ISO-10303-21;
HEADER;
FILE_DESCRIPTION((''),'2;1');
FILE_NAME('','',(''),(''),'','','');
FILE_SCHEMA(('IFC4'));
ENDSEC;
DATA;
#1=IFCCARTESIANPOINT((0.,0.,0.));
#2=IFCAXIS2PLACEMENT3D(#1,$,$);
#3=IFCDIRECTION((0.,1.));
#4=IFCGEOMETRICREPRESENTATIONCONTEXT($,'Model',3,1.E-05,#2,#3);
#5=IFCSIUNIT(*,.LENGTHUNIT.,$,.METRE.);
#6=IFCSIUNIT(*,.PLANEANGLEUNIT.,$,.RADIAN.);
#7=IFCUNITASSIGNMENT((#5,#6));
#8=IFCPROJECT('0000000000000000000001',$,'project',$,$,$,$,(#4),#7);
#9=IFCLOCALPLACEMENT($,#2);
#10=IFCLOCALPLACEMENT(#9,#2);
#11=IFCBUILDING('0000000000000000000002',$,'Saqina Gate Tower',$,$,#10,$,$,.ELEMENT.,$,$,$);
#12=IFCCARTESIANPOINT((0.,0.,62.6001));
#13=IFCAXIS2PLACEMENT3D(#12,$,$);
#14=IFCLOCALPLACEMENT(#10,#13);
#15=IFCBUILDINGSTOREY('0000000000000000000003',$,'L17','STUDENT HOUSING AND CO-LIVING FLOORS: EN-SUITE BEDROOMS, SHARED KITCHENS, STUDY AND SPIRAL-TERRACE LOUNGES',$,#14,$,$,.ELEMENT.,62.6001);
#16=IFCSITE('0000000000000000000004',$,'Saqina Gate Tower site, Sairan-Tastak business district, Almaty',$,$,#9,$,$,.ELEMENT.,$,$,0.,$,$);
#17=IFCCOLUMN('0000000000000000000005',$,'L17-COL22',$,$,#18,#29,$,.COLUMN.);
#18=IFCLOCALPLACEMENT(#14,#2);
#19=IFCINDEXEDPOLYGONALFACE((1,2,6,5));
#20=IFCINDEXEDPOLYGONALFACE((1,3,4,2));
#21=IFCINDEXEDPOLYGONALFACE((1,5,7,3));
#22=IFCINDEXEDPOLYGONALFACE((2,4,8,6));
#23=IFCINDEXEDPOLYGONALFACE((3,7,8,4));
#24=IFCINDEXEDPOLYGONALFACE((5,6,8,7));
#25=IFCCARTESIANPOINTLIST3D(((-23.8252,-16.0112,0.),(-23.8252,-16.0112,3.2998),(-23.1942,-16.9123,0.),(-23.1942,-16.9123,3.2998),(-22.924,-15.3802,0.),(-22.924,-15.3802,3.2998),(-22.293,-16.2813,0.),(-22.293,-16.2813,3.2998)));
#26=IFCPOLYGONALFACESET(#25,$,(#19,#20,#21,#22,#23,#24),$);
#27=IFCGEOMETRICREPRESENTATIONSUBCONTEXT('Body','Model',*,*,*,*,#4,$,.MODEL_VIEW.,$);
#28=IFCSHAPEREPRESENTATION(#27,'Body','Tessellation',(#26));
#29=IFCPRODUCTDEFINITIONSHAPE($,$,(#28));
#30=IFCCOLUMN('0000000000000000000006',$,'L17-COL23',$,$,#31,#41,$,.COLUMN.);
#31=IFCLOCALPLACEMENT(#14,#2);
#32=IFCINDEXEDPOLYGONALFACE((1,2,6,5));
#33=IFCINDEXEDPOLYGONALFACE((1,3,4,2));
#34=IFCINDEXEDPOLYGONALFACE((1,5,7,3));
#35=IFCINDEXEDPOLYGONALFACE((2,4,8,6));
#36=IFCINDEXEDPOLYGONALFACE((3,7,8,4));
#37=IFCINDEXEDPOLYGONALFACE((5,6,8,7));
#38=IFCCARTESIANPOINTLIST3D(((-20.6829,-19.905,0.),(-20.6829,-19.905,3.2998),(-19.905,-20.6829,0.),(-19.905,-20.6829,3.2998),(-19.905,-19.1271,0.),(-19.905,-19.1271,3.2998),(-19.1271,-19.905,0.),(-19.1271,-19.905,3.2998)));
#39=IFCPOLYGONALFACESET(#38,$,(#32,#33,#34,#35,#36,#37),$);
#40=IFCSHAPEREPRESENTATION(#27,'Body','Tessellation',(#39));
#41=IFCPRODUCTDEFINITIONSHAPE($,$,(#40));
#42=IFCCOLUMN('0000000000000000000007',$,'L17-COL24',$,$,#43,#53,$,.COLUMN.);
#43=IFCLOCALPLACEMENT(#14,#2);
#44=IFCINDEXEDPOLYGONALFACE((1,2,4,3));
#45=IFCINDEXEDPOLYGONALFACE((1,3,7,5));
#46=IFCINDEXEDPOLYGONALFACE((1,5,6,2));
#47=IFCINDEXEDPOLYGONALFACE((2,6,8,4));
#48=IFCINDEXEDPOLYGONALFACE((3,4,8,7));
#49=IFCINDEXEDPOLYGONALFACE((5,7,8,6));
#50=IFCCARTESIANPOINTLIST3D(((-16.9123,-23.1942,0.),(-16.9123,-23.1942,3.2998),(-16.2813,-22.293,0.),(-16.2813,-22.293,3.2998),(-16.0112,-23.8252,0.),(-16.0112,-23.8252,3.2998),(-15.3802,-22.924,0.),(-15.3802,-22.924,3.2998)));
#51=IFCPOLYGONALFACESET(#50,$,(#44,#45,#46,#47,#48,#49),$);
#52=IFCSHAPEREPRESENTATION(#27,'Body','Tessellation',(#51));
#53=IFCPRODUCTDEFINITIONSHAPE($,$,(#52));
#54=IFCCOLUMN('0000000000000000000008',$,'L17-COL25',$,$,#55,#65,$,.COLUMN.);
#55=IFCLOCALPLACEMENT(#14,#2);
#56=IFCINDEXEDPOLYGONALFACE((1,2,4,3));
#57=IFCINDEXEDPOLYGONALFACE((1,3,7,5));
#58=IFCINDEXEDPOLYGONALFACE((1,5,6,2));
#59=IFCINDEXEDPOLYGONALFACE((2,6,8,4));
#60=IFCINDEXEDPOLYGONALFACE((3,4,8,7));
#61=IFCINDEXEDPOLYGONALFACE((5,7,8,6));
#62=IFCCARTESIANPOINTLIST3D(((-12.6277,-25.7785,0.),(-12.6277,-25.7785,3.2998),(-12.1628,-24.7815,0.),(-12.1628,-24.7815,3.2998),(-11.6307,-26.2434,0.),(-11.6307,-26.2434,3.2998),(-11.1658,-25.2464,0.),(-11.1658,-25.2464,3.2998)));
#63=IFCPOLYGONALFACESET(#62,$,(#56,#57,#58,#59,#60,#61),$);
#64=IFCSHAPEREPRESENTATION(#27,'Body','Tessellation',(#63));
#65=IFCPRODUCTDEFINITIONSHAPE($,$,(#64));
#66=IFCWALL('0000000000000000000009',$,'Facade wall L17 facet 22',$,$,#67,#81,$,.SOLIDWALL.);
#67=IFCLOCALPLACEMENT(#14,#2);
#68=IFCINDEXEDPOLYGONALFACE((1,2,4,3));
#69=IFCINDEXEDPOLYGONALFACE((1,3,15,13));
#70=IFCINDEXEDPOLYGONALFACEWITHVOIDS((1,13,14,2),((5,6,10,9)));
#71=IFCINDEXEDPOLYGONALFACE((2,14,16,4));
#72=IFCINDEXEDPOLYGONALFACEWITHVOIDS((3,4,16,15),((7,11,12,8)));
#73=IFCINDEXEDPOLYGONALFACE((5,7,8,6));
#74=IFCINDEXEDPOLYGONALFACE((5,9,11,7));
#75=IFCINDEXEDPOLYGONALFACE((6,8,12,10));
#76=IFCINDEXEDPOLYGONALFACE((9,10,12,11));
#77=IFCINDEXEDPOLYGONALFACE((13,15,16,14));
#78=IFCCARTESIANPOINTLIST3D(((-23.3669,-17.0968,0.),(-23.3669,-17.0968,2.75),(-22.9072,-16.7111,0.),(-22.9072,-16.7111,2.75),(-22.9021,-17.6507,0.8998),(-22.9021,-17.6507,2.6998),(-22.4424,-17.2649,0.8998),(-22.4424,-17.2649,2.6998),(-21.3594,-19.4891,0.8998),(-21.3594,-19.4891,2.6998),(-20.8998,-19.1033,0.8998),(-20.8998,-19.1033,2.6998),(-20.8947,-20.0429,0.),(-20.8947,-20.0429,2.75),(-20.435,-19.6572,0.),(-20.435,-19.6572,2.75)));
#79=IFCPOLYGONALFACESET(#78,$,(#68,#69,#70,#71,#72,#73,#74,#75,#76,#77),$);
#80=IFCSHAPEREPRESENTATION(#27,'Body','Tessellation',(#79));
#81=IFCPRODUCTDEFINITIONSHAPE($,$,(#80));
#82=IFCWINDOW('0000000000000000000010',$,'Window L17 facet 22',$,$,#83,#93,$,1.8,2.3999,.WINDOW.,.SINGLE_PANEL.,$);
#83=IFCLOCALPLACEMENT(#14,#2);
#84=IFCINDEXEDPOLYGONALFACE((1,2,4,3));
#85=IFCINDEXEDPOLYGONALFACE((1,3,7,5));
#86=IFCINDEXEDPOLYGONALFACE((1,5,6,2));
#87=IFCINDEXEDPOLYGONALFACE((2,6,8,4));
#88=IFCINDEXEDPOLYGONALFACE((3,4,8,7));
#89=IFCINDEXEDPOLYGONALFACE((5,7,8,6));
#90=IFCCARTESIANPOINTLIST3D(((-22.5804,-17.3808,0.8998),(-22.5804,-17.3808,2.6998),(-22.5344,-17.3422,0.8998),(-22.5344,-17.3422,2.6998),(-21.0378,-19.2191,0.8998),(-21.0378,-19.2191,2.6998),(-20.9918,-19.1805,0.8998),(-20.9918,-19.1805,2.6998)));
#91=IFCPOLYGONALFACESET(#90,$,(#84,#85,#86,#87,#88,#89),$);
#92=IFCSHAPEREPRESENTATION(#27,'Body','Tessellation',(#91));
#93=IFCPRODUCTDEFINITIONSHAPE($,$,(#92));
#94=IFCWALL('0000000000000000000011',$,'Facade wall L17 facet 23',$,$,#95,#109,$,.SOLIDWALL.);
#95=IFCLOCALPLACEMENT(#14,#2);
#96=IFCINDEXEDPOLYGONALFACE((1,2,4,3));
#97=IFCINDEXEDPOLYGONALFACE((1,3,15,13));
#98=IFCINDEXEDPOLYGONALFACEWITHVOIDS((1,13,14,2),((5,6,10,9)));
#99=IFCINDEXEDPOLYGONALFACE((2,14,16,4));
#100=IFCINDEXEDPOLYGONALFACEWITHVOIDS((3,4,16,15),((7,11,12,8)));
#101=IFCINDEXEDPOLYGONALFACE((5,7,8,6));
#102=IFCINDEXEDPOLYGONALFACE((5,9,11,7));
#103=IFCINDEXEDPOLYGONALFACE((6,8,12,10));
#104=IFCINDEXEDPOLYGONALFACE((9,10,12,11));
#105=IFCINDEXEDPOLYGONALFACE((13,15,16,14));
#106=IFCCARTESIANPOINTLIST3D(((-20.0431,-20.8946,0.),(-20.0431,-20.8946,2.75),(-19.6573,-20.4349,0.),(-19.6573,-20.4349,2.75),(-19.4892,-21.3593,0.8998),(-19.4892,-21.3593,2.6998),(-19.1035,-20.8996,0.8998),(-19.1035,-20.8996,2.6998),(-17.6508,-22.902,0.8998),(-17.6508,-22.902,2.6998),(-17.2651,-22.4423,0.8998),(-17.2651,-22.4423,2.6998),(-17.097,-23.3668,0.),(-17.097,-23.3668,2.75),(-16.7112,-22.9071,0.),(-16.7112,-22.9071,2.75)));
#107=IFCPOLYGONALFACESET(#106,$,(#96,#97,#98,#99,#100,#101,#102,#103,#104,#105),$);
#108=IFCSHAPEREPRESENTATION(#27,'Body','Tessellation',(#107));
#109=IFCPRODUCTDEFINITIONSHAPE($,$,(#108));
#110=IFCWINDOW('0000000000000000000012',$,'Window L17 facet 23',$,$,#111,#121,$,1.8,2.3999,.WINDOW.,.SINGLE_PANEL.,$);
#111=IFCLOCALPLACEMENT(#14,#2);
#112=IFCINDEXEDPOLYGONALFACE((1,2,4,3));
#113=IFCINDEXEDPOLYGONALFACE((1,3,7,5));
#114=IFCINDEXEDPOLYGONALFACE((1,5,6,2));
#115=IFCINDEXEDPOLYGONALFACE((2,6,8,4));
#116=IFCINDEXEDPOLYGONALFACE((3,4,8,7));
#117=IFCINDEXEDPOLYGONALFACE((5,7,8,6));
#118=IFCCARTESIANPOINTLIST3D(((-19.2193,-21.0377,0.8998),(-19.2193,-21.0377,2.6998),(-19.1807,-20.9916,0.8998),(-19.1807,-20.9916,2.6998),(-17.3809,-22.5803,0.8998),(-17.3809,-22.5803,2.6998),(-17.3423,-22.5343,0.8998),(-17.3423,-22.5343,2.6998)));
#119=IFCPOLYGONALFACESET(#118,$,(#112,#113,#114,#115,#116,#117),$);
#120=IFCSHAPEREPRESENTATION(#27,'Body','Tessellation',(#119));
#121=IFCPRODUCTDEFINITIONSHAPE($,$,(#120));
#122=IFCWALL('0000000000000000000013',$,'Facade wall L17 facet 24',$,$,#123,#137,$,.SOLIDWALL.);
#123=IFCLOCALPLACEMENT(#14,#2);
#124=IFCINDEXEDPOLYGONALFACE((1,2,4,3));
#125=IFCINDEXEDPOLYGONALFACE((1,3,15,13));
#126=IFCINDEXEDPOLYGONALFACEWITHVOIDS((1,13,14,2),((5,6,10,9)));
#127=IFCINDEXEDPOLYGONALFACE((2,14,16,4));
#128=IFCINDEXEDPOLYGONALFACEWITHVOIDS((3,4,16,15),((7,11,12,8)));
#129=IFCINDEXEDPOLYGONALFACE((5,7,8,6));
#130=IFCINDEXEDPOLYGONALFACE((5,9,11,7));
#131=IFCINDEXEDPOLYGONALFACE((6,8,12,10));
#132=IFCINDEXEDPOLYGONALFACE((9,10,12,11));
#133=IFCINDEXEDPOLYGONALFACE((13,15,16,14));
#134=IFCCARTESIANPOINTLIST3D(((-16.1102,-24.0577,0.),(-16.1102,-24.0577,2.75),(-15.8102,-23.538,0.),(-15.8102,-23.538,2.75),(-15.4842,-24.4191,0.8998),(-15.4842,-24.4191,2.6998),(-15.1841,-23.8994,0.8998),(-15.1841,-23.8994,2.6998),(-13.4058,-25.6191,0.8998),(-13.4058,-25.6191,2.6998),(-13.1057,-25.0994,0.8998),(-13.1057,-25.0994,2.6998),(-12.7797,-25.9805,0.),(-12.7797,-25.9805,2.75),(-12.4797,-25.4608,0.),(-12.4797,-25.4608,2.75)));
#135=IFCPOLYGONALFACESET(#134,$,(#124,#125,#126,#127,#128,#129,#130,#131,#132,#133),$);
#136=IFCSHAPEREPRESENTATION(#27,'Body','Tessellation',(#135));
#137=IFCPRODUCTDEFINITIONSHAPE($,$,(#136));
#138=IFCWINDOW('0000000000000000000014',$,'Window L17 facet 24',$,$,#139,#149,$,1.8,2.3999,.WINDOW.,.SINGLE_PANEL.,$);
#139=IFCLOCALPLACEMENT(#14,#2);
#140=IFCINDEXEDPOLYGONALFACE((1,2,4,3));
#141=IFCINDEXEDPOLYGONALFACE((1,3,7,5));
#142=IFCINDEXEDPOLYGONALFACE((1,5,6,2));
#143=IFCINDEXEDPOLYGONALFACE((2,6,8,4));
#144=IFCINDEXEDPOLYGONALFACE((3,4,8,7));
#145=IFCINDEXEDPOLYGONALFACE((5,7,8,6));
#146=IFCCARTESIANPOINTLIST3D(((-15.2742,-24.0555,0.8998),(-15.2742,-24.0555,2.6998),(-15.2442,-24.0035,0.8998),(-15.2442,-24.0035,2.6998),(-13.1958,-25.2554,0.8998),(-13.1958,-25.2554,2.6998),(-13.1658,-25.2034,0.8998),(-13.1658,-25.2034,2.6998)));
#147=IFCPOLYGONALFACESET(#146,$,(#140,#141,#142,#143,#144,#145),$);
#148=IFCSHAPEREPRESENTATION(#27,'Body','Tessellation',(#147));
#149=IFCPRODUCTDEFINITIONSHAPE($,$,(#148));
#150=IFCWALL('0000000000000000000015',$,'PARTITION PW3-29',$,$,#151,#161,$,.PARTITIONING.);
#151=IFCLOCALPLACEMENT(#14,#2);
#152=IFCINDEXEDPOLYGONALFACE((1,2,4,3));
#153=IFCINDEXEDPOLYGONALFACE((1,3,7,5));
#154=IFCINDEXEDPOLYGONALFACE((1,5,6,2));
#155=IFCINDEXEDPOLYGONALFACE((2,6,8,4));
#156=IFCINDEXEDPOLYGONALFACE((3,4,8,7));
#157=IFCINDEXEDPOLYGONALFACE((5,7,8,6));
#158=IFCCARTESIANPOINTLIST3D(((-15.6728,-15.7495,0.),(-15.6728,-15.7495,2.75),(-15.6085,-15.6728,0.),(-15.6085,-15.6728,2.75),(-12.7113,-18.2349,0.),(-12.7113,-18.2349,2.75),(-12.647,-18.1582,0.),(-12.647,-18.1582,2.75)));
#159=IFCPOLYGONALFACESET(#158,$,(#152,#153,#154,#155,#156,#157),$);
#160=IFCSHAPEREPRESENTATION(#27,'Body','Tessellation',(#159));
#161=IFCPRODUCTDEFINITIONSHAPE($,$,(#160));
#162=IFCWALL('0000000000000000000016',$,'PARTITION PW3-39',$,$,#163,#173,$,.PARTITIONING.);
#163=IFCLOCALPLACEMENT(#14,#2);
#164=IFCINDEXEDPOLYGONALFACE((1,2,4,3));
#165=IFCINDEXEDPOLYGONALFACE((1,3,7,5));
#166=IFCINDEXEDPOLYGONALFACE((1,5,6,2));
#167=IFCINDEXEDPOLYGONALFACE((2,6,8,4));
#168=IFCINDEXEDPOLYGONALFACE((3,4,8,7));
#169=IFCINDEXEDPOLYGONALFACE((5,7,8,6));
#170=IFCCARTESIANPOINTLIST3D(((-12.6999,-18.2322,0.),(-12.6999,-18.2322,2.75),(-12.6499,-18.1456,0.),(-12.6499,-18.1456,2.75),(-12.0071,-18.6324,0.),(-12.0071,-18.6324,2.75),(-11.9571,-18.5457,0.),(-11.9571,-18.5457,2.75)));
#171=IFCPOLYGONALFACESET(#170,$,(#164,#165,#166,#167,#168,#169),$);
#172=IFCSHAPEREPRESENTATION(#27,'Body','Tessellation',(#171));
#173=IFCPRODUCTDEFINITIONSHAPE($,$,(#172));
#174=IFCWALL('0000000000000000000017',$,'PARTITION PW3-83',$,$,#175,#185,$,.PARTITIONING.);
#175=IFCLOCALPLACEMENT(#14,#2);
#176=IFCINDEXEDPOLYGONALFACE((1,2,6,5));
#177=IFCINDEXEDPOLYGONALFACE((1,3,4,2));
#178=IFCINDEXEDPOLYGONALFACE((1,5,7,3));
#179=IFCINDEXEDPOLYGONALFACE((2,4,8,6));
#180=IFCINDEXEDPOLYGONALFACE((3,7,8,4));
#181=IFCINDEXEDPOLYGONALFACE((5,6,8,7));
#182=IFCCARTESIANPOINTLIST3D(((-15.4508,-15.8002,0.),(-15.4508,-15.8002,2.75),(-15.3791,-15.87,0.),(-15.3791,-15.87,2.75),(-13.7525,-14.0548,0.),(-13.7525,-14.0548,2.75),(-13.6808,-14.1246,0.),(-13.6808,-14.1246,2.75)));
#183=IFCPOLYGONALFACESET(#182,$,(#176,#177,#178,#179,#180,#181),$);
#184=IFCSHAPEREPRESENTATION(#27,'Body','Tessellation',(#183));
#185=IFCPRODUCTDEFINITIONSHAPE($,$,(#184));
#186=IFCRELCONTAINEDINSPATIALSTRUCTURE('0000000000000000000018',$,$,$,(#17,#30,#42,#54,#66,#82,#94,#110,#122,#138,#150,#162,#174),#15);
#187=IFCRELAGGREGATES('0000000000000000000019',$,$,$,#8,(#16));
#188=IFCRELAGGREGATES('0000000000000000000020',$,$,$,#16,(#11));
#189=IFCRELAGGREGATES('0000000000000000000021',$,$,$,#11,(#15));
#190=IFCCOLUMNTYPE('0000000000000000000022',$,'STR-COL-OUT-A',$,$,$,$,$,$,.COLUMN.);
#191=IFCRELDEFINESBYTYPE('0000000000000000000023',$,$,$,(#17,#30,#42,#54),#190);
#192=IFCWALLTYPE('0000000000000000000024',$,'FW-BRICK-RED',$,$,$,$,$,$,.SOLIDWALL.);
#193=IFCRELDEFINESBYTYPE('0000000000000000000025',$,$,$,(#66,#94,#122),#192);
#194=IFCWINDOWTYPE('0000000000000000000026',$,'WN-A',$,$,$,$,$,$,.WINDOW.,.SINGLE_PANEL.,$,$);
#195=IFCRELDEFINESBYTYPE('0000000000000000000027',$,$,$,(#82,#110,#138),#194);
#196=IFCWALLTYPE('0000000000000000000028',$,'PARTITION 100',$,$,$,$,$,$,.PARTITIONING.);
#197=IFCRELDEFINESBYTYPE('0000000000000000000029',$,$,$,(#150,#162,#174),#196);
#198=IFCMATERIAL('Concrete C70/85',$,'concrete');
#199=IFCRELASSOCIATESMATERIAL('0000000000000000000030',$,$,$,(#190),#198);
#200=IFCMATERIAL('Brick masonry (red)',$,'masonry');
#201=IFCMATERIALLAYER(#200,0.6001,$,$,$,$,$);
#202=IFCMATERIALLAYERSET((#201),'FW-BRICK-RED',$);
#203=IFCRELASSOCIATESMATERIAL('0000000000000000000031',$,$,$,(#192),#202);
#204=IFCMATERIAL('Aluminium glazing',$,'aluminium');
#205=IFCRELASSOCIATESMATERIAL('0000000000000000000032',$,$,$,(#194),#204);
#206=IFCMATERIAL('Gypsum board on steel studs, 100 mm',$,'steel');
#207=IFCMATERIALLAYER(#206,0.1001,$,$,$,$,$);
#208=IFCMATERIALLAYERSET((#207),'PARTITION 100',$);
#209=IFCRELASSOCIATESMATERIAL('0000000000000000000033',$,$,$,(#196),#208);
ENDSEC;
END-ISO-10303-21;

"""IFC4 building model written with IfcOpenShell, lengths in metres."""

from ifc_helpers import new_model, si_unit, direction, frame, frame_2d, origin, origin_2d, place, context, subcontext, project, spatial, rectangle, extrude, material, layer, layer_set, material_profile, profile_set, type_object, element, fill, save


model = new_model("IFC4")

# Units and contexts
model_context = context("Model", 3, precision=1e-05, world=origin(), true_north=direction((0.0, 1.0)))
body_context = subcontext(model_context, "Body", "Model", "MODEL_VIEW")
ifc_project = project(units=[si_unit("LENGTHUNIT", "METRE"), si_unit("PLANEANGLEUNIT", "RADIAN")], contexts=[model_context])

# Site, building, storey
site_placement = place(None, origin())
site = spatial("IfcSite", under=ifc_project, at=site_placement, Name="Saqina Gate Tower site, Sairan-Tastak business district, Almaty", CompositionType="ELEMENT", RefElevation=0.0)
building_placement = place(site_placement, origin())
building = spatial("IfcBuilding", under=site, at=building_placement, Name="Saqina Gate Tower", CompositionType="ELEMENT")
storey_placement = place(building_placement, frame((0.0, 0.0, 62.6001)))
storey = spatial("IfcBuildingStorey", under=building, at=storey_placement, Name="L17", Description="STUDENT HOUSING AND CO-LIVING FLOORS: EN-SUITE BEDROOMS, SHARED KITCHENS, STUDY AND SPIRAL-TERRACE LOUNGES", CompositionType="ELEMENT", Elevation=62.6001)

# Columns
ifc_material_1 = material(Name="Concrete C70/85", Category="concrete")
ifc_material_profile = material_profile(ifc_material_1, rectangle(XDim=1.1001, YDim=1.1001, at=origin_2d()), Name="RC 1100x1100")
ifc_profile_set = profile_set([ifc_material_profile], Name="Concrete C70/85")
column_type = type_object("IfcColumnType", Name="STR-COL-OUT-A", PredefinedType="COLUMN", material=ifc_profile_set)
for number, where, z_axis, x_axis, name in (
    (1, (-23.0591, -16.1462, 0.0), (0.0, 0.0, 1.0), (-0.819152, -0.573576, 0.0), "L17-COL22"),
    (2, (-19.905, -19.905, 0.0), (0.0, 0.0, 1.0), (-0.707107, -0.707107, 0.0), "L17-COL23"),
    (3, (-16.1462, -23.0591, 0.0), (0.0, 0.0, 1.0), (-0.573576, -0.819152, 0.0), "L17-COL24"),
    (4, (-11.8967, -25.5125, 0.0), (0.0, 0.0, 1.0), (-0.422618, -0.906308, 0.0), "L17-COL25"),
):
    element("IfcColumn", number, at=place(storey_placement, frame(where, z_axis=z_axis, x_axis=x_axis)), inside=storey, type_object=column_type, Name=name, PredefinedType="COLUMN", context=body_context, shape_type="SweptSolid", body=[
        extrude(rectangle(XDim=1.1001, YDim=1.1001, at=origin_2d()), origin(), (0.0, 0.0, 1.0), 3.2998),
    ])

# Walls, openings, windows
ifc_material_2 = material(Name="Brick masonry (red)", Category="masonry")
ifc_layer_1 = layer(ifc_material_2, 0.6001)
ifc_layer_set_1 = layer_set([ifc_layer_1], Name="FW-BRICK-RED")
wall_type_1 = type_object("IfcWallType", Name="FW-BRICK-RED", PredefinedType="SOLIDWALL", material=ifc_layer_set_1)
wall_1_placement = place(storey_placement, frame((-23.137, -16.9041, 0.0), z_axis=(0.0, 0.0, 1.0), x_axis=(0.642809, -0.766026, 0.0)))
wall_1 = element("IfcWall", 5, at=wall_1_placement, inside=storey, type_object=wall_type_1, Name="Facade wall L17 facet 22", PredefinedType="SOLIDWALL", context=body_context, shape_type="SweptSolid", body=[
    extrude(rectangle(XDim=3.8459, YDim=0.6001, at=frame_2d((1.9229, 0.0))), origin(), (0.0, 0.0, 1.0), 2.75),
])
opening_1_placement = place(wall_1_placement, frame((0.7229, 0.0, 0.8999)))
opening_1 = element("IfcOpeningElement", 6, at=opening_1_placement, cuts=wall_1, PredefinedType="OPENING", context=body_context, shape_type="SweptSolid", body=[
    extrude(rectangle(XDim=2.3999, YDim=1.8, at=frame_2d((1.2, 0.8999))), frame((0.0, 0.312, 0.0), z_axis=(0.0, -1.0, 0.0), x_axis=(1.0, 0.0, 0.0)), (0.0, 0.0, 1.0), 0.624),
])
ifc_material_3 = material(Name="Aluminium glazing", Category="aluminium")
window_type = type_object("IfcWindowType", Name="WN-A", PartitioningType="SINGLE_PANEL", PredefinedType="WINDOW", material=ifc_material_3)
window_1_placement = place(opening_1_placement, origin())
window_1 = element("IfcWindow", 7, at=window_1_placement, inside=storey, type_object=window_type, Name="Window L17 facet 22", OverallHeight=1.8, OverallWidth=2.3999, PartitioningType="SINGLE_PANEL", PredefinedType="WINDOW", context=body_context, shape_type="SweptSolid", body=[
    extrude(rectangle(XDim=2.3999, YDim=1.8, at=frame_2d((1.2, 0.8999))), frame((0.0, 0.1799, 0.0), z_axis=(0.0, -1.0, 0.0), x_axis=(1.0, 0.0, 0.0)), (0.0, 0.0, 1.0), 0.0601),
])
fill(opening_1, window_1)
wall_2_placement = place(storey_placement, frame((-19.8501, -20.6648, 0.0), z_axis=(0.0, 0.0, 1.0), x_axis=(0.766026, -0.642809, 0.0)))
wall_2 = element("IfcWall", 8, at=wall_2_placement, inside=storey, type_object=wall_type_1, Name="Facade wall L17 facet 23", PredefinedType="SOLIDWALL", context=body_context, shape_type="SweptSolid", body=[
    extrude(rectangle(XDim=3.8459, YDim=0.6001, at=frame_2d((1.9229, 0.0))), origin(), (0.0, 0.0, 1.0), 2.75),
])
opening_2_placement = place(wall_2_placement, frame((0.7229, 0.0, 0.8999)))
opening_2 = element("IfcOpeningElement", 9, at=opening_2_placement, cuts=wall_2, PredefinedType="OPENING", context=body_context, shape_type="SweptSolid", body=[
    extrude(rectangle(XDim=2.3999, YDim=1.8, at=frame_2d((1.2, 0.8999))), frame((0.0, 0.312, 0.0), z_axis=(0.0, -1.0, 0.0), x_axis=(1.0, 0.0, 0.0)), (0.0, 0.0, 1.0), 0.624),
])
window_2_placement = place(opening_2_placement, origin())
window_2 = element("IfcWindow", 10, at=window_2_placement, inside=storey, type_object=window_type, Name="Window L17 facet 23", OverallHeight=1.8, OverallWidth=2.3999, PartitioningType="SINGLE_PANEL", PredefinedType="WINDOW", context=body_context, shape_type="SweptSolid", body=[
    extrude(rectangle(XDim=2.3999, YDim=1.8, at=frame_2d((1.2, 0.8999))), frame((0.0, 0.1799, 0.0), z_axis=(0.0, -1.0, 0.0), x_axis=(1.0, 0.0, 0.0)), (0.0, 0.0, 1.0), 0.0601),
])
fill(opening_2, window_2)
wall_3_placement = place(storey_placement, frame((-15.9602, -23.7979, 0.0), z_axis=(0.0, 0.0, 1.0), x_axis=(0.866031, -0.49999, 0.0)))
wall_3 = element("IfcWall", 11, at=wall_3_placement, inside=storey, type_object=wall_type_1, Name="Facade wall L17 facet 24", PredefinedType="SOLIDWALL", context=body_context, shape_type="SweptSolid", body=[
    extrude(rectangle(XDim=3.8457, YDim=0.6001, at=frame_2d((1.9229, 0.0))), origin(), (0.0, 0.0, 1.0), 2.75),
])
opening_3_placement = place(wall_3_placement, frame((0.7229, 0.0, 0.8999)))
opening_3 = element("IfcOpeningElement", 12, at=opening_3_placement, cuts=wall_3, PredefinedType="OPENING", context=body_context, shape_type="SweptSolid", body=[
    extrude(rectangle(XDim=2.3999, YDim=1.8, at=frame_2d((1.2, 0.8999))), frame((0.0, 0.312, 0.0), z_axis=(0.0, -1.0, 0.0), x_axis=(1.0, 0.0, 0.0)), (0.0, 0.0, 1.0), 0.624),
])
window_3_placement = place(opening_3_placement, origin())
window_3 = element("IfcWindow", 13, at=window_3_placement, inside=storey, type_object=window_type, Name="Window L17 facet 24", OverallHeight=1.8, OverallWidth=2.3999, PartitioningType="SINGLE_PANEL", PredefinedType="WINDOW", context=body_context, shape_type="SweptSolid", body=[
    extrude(rectangle(XDim=2.3999, YDim=1.8, at=frame_2d((1.2, 0.8999))), frame((0.0, 0.1799, 0.0), z_axis=(0.0, -1.0, 0.0), x_axis=(1.0, 0.0, 0.0)), (0.0, 0.0, 1.0), 0.0601),
])
fill(opening_3, window_3)

# Walls
ifc_material_4 = material(Name="Gypsum board on steel studs, 100 mm", Category="steel")
ifc_layer_2 = layer(ifc_material_4, 0.1001)
ifc_layer_set_2 = layer_set([ifc_layer_2], Name="PARTITION 100")
wall_type_2 = type_object("IfcWallType", Name="PARTITION 100", PredefinedType="PARTITIONING", material=ifc_layer_set_2)
wall_4_placement = place(storey_placement, frame((-15.6406, -15.7112, 0.0), z_axis=(0.0, 0.0, 1.0), x_axis=(0.765991, -0.642851, 0.0)))
element("IfcWall", 14, at=wall_4_placement, inside=storey, type_object=wall_type_2, Name="PARTITION PW3-29", PredefinedType="PARTITIONING", context=body_context, shape_type="SweptSolid", body=[
    extrude(rectangle(XDim=3.8662, YDim=0.1001, at=frame_2d((1.9331, 0.0))), origin(), (0.0, 0.0, 1.0), 2.75),
])
wall_5_placement = place(storey_placement, frame((-12.6748, -18.189, 0.0), z_axis=(0.0, 0.0, 1.0), x_axis=(0.865962, -0.50011, 0.0)))
element("IfcWall", 15, at=wall_5_placement, inside=storey, type_object=wall_type_2, Name="PARTITION PW3-39", PredefinedType="PARTITIONING", context=body_context, shape_type="SweptSolid", body=[
    extrude(rectangle(XDim=0.8, YDim=0.1001, at=frame_2d((0.3999, 0.0))), origin(), (0.0, 0.0, 1.0), 2.75),
])
wall_6_placement = place(storey_placement, frame((-15.415, -15.8352, 0.0), z_axis=(0.0, 0.0, 1.0), x_axis=(0.697366, 0.716715, 0.0)))
element("IfcWall", 16, at=wall_6_placement, inside=storey, type_object=wall_type_2, Name="PARTITION PW3-83", PredefinedType="PARTITIONING", context=body_context, shape_type="SweptSolid", body=[
    extrude(rectangle(XDim=2.4353, YDim=0.1001, at=frame_2d((1.2178, 0.0))), origin(), (0.0, 0.0, 1.0), 2.75),
])

save(model, "model.ifc")
